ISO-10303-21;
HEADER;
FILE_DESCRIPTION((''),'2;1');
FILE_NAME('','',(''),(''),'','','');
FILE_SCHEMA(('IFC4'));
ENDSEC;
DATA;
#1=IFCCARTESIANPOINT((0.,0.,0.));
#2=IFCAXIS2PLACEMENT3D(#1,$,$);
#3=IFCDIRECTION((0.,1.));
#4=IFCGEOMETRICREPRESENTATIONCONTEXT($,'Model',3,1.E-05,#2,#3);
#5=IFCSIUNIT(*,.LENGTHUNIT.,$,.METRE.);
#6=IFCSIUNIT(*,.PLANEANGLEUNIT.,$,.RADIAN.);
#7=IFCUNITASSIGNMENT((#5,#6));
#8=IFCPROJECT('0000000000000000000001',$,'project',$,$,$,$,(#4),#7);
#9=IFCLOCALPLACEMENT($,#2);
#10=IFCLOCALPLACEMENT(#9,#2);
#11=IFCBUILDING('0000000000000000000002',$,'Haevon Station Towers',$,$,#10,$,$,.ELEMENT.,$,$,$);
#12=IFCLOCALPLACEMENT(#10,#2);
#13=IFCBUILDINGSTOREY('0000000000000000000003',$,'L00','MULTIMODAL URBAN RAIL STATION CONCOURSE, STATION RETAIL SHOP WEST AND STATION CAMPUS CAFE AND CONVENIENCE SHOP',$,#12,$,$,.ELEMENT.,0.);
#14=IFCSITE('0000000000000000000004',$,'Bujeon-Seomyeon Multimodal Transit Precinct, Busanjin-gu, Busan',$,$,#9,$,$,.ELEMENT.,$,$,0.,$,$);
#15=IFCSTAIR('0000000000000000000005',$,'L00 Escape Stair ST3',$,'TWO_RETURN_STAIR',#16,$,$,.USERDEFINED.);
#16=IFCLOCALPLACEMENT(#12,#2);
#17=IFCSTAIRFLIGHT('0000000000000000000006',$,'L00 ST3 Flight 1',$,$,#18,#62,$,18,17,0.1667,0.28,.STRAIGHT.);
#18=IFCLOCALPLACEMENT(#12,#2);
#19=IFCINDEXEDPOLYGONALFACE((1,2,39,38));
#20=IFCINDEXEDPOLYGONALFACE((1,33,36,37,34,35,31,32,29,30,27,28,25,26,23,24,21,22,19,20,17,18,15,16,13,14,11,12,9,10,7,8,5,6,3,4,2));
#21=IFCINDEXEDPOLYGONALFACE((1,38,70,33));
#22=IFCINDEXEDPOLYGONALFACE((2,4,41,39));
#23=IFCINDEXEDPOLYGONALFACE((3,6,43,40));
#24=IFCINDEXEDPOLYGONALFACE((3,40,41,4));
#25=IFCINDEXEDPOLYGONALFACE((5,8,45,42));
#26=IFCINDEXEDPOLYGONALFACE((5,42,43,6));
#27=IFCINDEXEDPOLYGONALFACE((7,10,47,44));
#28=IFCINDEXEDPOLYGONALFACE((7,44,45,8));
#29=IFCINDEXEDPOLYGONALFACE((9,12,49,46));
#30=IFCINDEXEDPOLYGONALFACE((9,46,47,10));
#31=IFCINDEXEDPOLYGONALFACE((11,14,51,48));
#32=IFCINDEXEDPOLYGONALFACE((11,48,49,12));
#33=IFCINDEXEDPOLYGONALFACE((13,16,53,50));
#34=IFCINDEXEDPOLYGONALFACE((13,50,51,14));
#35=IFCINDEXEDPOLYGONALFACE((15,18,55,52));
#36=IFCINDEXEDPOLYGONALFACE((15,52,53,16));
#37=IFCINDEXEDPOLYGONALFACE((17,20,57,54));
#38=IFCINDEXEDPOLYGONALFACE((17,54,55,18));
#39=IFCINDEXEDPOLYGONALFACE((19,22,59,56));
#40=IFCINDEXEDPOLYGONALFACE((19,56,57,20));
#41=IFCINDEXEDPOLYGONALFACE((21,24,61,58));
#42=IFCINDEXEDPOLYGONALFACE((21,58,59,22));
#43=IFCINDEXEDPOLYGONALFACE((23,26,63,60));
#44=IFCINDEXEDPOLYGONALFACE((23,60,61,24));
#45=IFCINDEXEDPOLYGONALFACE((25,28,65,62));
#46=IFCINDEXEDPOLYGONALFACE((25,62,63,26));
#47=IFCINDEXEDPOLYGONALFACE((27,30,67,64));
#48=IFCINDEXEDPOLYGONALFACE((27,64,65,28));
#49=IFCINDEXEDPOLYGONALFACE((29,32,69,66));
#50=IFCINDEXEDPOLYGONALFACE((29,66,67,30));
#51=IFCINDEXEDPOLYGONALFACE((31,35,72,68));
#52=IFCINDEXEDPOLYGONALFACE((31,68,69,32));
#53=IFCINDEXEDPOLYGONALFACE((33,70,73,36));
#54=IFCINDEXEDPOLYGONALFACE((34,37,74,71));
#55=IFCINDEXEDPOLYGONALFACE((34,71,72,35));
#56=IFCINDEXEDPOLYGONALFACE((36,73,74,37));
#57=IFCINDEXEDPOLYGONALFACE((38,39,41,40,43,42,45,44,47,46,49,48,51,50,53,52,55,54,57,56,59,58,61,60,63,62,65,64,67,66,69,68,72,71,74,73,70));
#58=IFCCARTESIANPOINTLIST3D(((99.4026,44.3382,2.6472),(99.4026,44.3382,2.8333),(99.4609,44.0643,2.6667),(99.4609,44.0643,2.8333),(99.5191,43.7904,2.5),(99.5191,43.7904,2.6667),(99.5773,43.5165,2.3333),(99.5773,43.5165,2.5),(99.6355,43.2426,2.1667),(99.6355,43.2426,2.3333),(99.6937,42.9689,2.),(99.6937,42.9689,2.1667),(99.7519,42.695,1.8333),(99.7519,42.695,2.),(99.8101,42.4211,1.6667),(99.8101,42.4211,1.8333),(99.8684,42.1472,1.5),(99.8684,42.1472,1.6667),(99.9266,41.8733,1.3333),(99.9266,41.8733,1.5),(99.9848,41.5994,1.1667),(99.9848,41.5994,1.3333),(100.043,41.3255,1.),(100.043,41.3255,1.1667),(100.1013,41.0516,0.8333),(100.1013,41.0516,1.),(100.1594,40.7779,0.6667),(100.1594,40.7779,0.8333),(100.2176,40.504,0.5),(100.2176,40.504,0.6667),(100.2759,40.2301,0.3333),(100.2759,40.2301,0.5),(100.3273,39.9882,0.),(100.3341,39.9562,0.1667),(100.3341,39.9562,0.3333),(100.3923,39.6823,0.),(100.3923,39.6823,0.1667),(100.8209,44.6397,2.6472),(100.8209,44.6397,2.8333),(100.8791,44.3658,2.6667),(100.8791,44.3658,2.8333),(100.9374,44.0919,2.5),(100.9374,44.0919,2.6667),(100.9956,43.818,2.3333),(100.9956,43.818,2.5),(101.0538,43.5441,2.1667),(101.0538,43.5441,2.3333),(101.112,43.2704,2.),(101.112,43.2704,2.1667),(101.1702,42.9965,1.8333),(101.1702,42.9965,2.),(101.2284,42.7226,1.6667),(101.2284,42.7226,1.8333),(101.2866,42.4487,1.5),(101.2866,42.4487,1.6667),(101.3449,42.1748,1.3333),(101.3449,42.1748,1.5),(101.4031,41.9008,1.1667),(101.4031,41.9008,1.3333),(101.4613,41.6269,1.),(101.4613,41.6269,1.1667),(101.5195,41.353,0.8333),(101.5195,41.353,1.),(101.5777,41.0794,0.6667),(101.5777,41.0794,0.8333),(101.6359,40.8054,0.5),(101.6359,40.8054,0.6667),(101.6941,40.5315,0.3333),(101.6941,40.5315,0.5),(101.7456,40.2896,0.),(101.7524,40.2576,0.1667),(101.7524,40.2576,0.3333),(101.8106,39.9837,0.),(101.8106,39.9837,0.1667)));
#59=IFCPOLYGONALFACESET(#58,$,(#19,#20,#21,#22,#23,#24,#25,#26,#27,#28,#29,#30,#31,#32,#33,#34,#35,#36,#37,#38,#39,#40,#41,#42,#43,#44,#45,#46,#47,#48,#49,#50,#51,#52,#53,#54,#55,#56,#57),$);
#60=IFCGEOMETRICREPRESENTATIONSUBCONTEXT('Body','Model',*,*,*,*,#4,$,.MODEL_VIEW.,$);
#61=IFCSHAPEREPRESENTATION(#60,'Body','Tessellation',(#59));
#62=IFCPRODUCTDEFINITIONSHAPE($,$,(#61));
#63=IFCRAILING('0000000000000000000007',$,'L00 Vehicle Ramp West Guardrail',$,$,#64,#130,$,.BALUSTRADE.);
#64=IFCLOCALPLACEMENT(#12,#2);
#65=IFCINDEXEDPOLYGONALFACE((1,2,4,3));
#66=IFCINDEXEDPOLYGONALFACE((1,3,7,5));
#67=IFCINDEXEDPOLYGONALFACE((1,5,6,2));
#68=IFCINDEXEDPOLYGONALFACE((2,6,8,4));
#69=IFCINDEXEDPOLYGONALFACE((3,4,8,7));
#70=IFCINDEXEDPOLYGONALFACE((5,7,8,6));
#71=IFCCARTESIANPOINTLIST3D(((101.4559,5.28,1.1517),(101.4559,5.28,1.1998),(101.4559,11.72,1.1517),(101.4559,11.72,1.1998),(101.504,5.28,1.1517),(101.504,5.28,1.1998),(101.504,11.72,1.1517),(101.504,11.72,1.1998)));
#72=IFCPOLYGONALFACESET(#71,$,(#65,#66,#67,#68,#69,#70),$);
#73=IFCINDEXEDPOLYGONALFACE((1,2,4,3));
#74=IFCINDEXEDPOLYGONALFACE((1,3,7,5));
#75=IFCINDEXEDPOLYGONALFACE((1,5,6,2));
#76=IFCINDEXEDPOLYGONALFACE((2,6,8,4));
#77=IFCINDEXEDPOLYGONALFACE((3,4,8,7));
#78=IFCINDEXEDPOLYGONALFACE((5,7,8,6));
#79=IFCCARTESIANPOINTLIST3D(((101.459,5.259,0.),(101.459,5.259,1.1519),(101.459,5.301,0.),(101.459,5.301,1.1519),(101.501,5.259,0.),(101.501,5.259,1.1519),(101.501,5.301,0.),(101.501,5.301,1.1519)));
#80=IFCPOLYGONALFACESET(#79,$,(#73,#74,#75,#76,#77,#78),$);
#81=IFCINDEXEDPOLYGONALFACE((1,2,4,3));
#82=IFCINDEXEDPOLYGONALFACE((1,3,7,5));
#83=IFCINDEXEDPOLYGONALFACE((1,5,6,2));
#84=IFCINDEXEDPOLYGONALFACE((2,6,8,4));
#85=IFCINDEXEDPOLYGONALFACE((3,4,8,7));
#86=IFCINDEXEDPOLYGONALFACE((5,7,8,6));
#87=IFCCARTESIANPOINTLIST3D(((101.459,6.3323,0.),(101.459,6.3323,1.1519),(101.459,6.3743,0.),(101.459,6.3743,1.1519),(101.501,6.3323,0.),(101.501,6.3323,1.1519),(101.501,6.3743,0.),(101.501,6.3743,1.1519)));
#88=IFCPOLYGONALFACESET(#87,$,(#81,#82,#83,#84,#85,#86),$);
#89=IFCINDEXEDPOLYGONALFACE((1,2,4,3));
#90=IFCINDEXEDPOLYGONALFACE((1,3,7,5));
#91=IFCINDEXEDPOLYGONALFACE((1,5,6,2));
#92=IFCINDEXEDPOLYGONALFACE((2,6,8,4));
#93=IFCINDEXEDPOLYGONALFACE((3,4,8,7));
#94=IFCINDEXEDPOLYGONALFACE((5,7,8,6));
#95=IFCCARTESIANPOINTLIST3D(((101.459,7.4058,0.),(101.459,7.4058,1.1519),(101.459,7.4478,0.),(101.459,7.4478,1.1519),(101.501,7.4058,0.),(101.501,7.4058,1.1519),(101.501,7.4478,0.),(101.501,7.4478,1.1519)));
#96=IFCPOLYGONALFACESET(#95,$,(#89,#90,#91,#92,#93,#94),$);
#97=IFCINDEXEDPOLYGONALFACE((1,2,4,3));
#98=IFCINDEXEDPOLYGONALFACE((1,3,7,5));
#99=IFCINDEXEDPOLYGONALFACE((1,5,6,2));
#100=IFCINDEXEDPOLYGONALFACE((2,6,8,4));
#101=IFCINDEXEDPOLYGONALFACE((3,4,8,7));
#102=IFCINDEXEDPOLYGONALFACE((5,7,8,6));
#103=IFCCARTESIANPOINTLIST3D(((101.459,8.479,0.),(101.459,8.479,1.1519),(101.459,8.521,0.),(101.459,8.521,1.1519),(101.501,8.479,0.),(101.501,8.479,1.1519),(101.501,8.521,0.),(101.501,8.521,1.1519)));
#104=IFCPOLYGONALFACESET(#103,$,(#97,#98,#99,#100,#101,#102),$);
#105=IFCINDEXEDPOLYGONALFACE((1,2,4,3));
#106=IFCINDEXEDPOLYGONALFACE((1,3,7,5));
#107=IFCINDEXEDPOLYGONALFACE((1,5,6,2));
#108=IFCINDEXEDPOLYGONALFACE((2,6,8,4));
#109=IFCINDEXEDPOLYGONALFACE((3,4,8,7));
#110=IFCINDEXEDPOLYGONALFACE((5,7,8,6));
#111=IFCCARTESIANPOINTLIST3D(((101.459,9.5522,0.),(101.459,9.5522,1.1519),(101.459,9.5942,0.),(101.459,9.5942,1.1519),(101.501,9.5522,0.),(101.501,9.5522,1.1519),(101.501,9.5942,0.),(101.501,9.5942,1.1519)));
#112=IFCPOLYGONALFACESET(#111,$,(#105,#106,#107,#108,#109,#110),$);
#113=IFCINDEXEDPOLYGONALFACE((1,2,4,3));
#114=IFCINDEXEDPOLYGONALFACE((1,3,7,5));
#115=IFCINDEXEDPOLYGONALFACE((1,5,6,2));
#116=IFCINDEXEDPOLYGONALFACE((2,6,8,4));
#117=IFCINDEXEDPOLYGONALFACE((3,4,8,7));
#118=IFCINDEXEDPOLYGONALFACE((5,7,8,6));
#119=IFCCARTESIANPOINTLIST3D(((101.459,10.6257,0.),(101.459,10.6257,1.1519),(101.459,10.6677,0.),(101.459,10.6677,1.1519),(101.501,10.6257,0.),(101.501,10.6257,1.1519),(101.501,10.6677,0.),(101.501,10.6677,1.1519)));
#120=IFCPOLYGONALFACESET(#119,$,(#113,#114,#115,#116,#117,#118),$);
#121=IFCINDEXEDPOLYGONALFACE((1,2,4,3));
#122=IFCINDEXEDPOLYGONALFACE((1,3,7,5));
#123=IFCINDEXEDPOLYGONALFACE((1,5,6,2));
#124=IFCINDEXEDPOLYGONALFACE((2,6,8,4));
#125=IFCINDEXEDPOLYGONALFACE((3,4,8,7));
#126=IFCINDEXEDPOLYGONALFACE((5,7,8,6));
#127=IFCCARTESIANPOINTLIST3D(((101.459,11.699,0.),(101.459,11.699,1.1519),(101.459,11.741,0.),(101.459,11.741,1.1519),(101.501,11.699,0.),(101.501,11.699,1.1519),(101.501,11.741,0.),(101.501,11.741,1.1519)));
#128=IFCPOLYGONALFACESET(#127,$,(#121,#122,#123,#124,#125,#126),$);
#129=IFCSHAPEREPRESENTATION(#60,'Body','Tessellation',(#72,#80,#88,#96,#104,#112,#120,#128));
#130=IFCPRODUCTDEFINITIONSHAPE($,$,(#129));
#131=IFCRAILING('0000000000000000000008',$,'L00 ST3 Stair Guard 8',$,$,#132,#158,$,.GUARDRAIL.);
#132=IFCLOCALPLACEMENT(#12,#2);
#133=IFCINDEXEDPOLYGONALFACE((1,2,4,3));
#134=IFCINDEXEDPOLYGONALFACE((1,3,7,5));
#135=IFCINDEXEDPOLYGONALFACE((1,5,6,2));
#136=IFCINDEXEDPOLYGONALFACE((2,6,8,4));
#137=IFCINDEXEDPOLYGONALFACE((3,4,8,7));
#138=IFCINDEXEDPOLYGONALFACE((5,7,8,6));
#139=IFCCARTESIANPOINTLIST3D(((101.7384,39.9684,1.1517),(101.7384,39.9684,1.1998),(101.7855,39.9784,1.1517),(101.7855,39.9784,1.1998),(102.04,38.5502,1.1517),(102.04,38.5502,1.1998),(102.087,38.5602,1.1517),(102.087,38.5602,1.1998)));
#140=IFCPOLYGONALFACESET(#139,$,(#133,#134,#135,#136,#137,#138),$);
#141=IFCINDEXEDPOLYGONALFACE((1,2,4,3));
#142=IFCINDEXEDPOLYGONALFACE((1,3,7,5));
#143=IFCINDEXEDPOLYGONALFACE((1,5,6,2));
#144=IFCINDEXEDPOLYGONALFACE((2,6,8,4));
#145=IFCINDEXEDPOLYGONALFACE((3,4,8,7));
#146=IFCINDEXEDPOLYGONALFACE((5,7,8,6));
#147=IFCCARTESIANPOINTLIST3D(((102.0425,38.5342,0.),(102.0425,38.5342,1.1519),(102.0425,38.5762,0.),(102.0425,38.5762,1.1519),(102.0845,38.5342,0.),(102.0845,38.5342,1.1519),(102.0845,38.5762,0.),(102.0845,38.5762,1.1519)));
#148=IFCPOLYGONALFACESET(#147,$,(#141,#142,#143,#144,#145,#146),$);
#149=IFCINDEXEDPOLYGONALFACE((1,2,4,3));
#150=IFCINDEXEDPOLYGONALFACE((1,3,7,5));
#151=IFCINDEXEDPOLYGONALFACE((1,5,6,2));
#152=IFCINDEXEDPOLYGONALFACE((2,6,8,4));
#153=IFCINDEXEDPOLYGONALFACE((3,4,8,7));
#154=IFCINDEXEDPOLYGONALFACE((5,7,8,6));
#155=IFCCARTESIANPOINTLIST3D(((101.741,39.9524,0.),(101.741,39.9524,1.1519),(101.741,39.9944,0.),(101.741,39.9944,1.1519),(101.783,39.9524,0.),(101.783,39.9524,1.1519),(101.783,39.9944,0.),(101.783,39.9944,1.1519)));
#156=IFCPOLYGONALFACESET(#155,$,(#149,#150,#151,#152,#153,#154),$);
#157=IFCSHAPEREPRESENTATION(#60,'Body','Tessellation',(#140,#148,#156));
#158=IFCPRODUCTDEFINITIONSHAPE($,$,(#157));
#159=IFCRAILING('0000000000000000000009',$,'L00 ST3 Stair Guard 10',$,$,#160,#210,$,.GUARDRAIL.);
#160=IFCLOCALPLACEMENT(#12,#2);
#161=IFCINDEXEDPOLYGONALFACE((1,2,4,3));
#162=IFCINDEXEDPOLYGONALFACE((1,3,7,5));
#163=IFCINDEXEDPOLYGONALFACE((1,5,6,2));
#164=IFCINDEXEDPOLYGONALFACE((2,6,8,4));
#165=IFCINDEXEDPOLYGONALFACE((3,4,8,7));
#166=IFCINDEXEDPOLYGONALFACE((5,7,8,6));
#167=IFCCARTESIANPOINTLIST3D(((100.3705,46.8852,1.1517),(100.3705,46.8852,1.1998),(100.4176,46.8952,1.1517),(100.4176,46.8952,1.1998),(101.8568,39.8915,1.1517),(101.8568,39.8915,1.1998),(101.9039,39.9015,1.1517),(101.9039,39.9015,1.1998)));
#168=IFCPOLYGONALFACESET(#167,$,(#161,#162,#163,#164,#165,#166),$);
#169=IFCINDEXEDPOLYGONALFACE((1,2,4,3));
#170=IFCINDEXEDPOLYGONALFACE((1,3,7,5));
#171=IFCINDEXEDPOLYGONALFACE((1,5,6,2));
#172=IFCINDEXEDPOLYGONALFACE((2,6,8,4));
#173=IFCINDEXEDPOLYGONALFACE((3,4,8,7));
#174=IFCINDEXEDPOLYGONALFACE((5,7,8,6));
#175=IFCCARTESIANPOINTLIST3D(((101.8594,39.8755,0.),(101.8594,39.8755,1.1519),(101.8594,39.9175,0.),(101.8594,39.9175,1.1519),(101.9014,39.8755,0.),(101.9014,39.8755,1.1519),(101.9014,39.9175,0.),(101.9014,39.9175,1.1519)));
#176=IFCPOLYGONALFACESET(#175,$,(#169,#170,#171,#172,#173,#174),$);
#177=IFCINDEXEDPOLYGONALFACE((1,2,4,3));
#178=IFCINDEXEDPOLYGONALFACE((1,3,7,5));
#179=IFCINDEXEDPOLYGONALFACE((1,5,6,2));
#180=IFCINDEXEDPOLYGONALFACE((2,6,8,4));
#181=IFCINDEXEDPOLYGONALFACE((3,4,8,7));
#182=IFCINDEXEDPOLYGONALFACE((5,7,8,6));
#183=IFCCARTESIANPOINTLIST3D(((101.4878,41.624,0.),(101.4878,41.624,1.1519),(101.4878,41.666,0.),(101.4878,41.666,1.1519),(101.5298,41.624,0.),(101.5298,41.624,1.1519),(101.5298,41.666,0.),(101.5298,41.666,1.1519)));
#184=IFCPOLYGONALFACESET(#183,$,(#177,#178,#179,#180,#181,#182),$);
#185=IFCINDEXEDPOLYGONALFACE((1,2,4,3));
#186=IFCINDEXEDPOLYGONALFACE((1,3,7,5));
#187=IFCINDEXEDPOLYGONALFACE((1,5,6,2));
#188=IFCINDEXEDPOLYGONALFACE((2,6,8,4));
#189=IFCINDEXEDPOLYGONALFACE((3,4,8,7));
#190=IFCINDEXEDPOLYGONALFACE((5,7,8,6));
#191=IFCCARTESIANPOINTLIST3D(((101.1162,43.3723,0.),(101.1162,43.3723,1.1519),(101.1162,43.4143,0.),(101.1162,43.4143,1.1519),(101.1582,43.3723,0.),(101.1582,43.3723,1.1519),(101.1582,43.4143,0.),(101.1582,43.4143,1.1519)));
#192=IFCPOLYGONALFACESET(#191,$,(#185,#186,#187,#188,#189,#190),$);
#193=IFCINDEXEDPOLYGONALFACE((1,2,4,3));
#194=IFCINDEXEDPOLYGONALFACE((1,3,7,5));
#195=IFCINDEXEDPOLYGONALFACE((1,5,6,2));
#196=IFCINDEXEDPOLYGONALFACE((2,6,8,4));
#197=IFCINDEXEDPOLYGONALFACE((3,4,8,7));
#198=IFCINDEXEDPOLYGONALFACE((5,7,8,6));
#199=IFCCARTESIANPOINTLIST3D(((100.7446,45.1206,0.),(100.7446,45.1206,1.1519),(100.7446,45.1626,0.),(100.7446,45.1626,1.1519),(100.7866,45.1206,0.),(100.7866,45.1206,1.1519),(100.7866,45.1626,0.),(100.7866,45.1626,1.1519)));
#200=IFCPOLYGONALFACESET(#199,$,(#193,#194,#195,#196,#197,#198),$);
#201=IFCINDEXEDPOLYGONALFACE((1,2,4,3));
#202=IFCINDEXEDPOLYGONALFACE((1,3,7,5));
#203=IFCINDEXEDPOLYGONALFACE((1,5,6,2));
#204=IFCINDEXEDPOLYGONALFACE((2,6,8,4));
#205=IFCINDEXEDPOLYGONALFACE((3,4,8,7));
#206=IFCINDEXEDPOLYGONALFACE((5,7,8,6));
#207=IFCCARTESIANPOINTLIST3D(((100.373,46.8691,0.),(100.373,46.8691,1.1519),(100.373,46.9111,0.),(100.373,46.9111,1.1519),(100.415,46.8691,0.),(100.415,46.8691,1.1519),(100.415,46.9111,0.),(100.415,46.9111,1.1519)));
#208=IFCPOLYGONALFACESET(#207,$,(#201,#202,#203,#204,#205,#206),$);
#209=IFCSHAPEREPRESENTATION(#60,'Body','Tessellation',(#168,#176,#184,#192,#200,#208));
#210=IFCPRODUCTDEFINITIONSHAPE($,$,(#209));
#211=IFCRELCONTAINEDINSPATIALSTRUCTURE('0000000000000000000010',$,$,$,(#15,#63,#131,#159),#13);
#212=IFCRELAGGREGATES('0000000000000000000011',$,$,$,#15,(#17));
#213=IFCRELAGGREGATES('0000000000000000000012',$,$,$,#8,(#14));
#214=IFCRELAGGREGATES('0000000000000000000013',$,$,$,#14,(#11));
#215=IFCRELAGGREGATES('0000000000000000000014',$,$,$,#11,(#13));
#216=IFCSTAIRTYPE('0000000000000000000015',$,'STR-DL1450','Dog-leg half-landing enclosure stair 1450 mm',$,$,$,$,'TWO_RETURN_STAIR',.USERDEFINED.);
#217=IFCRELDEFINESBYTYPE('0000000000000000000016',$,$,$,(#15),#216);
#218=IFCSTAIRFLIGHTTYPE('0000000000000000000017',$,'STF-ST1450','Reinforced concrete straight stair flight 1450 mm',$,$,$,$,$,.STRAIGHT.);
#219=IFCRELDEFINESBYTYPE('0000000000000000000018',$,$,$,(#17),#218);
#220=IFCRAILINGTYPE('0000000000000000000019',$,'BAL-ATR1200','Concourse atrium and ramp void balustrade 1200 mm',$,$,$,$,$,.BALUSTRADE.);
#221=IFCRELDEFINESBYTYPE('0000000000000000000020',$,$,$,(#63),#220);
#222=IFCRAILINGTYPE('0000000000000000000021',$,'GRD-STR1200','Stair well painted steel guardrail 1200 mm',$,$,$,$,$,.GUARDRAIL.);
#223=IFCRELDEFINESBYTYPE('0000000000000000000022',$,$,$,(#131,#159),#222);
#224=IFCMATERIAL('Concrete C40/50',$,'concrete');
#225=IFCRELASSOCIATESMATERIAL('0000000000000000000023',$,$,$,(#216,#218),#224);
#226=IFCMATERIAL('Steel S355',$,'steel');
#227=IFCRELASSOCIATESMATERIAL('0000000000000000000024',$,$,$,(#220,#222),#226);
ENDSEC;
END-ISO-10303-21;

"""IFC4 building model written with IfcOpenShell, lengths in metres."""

from ifc_helpers import new_model, si_unit, direction, frame, origin, origin_2d, place, context, subcontext, project, spatial, polyline, rectangle, outline, extrude, material, type_object, element, aggregate, save


model = new_model("IFC4")

# Units and contexts
model_context = context("Model", 3, precision=1e-05, world=origin(), true_north=direction((0.0, 1.0)))
body_context = subcontext(model_context, "Body", "Model", "MODEL_VIEW")
ifc_project = project(units=[si_unit("LENGTHUNIT", "METRE"), si_unit("PLANEANGLEUNIT", "RADIAN")], contexts=[model_context])

# Site, building, storey
site_placement = place(None, origin())
site = spatial("IfcSite", under=ifc_project, at=site_placement, Name="Bujeon-Seomyeon Multimodal Transit Precinct, Busanjin-gu, Busan", CompositionType="ELEMENT", RefElevation=0.0)
building_placement = place(site_placement, origin())
building = spatial("IfcBuilding", under=site, at=building_placement, Name="Haevon Station Towers", CompositionType="ELEMENT")
storey_placement = place(building_placement, origin())
storey = spatial("IfcBuildingStorey", under=building, at=storey_placement, Name="L00", Description="MULTIMODAL URBAN RAIL STATION CONCOURSE, STATION RETAIL SHOP WEST AND STATION CAMPUS CAFE AND CONVENIENCE SHOP", CompositionType="ELEMENT", Elevation=0.0)

# Shared definitions
ifc_material_1 = material(Name="Steel S355", Category="steel")

# Stair, stair flight
ifc_material_2 = material(Name="Concrete C40/50", Category="concrete")
stair_type = type_object("IfcStairType", Name="STR-DL1450", Description="Dog-leg half-landing enclosure stair 1450 mm", ElementType="TWO_RETURN_STAIR", PredefinedType="USERDEFINED", material=ifc_material_2)
stair_placement = place(storey_placement, origin())
stair = element("IfcStair", 1, at=stair_placement, inside=storey, type_object=stair_type, Name="L00 Escape Stair ST3", ObjectType="TWO_RETURN_STAIR", PredefinedType="USERDEFINED")
stair_flight_type = type_object("IfcStairFlightType", Name="STF-ST1450", Description="Reinforced concrete straight stair flight 1450 mm", PredefinedType="STRAIGHT", material=ifc_material_2)
stair_flight_placement = place(storey_placement, frame((101.1016, 39.833, 0.0), z_axis=(0.0, 0.0, 1.0), x_axis=(-0.207912, 0.978148, 0.0)))
stair_flight = element("IfcStairFlight", 2, at=stair_flight_placement, type_object=stair_flight_type, Name="L00 ST3 Flight 1", NumberOfRisers=18, NumberOfTreads=17, PredefinedType="STRAIGHT", RiserHeight=0.1667, TreadLength=0.28, context=body_context, shape_type="SweptSolid", body=[
    extrude(outline(polyline([(0.0, 0.0), (0.0, 0.1667), (0.28, 0.1667), (0.28, 0.3333), (0.5601, 0.3333), (0.5601, 0.5), (0.8401, 0.5), (0.8401, 0.6667), (1.1201, 0.6667), (1.1201, 0.8333), (1.3999, 0.8333), (1.3999, 1.0), (1.6799, 1.0), (1.6799, 1.1667), (1.96, 1.1667), (1.96, 1.3333), (2.24, 1.3333), (2.24, 1.5), (2.52, 1.5), (2.52, 1.6667), (2.8, 1.6667), (2.8, 1.8333), (3.0801, 1.8333), (3.0801, 2.0), (3.3601, 2.0), (3.3601, 2.1667), (3.6399, 2.1667), (3.6399, 2.3333), (3.9199, 2.3333), (3.9199, 2.5), (4.2, 2.5), (4.2, 2.6667), (4.48, 2.6667), (4.48, 2.8333), (4.76, 2.8333), (4.76, 3.0), (4.76, 2.6472), (0.3127, 0.0), (0.0, 0.0)])), frame((0.0, 0.7251, 0.0), z_axis=(0.0, -1.0, 0.0), x_axis=(1.0, 0.0, 0.0)), (0.0, 0.0, 1.0), 1.45),
])
aggregate(stair, [stair_flight])

# Railings
railing_type_1 = type_object("IfcRailingType", Name="BAL-ATR1200", Description="Concourse atrium and ramp void balustrade 1200 mm", PredefinedType="BALUSTRADE", material=ifc_material_1)
railing_1_placement = place(storey_placement, frame((101.48, 5.28, 0.0)))
element("IfcRailing", 3, at=railing_1_placement, inside=storey, type_object=railing_type_1, Name="L00 Vehicle Ramp West Guardrail", PredefinedType="BALUSTRADE", context=body_context, shape_type="SweptSolid", body=[
    extrude(rectangle(XDim=0.0481, YDim=0.0481, at=origin_2d()), frame((0.0, 0.0, 1.1758), z_axis=(0.0, 1.0, 0.0), x_axis=(-1.0, 0.0, 0.0)), (0.0, 0.0, 1.0), 6.4399),
    extrude(rectangle(XDim=0.042, YDim=0.042, at=origin_2d()), origin(), (0.0, 0.0, 1.0), 1.1519),
    extrude(rectangle(XDim=0.042, YDim=0.042, at=origin_2d()), frame((0.0, 1.0732, 0.0)), (0.0, 0.0, 1.0), 1.1519),
    extrude(rectangle(XDim=0.042, YDim=0.042, at=origin_2d()), frame((0.0, 2.1467, 0.0)), (0.0, 0.0, 1.0), 1.1519),
    extrude(rectangle(XDim=0.042, YDim=0.042, at=origin_2d()), frame((0.0, 3.22, 0.0)), (0.0, 0.0, 1.0), 1.1519),
    extrude(rectangle(XDim=0.042, YDim=0.042, at=origin_2d()), frame((0.0, 4.2932, 0.0)), (0.0, 0.0, 1.0), 1.1519),
    extrude(rectangle(XDim=0.042, YDim=0.042, at=origin_2d()), frame((0.0, 5.3667, 0.0)), (0.0, 0.0, 1.0), 1.1519),
    extrude(rectangle(XDim=0.042, YDim=0.042, at=origin_2d()), frame((0.0, 6.4399, 0.0)), (0.0, 0.0, 1.0), 1.1519),
])
railing_type_2 = type_object("IfcRailingType", Name="GRD-STR1200", Description="Stair well painted steel guardrail 1200 mm", PredefinedType="GUARDRAIL", material=ifc_material_1)
railing_2_placement = place(storey_placement, frame((102.0635, 38.5552, 0.0)))
element("IfcRailing", 4, at=railing_2_placement, inside=storey, type_object=railing_type_2, Name="L00 ST3 Stair Guard 8", PredefinedType="GUARDRAIL", context=body_context, shape_type="SweptSolid", body=[
    extrude(rectangle(XDim=0.0481, YDim=0.0481, at=origin_2d()), frame((0.0, 0.0, 1.1758), z_axis=(-0.207953, 0.978139, 0.0), x_axis=(-0.978139, -0.207953, 0.0)), (0.0, 0.0, 1.0), 1.45),
    extrude(rectangle(XDim=0.042, YDim=0.042, at=origin_2d()), origin(), (0.0, 0.0, 1.0), 1.1519),
    extrude(rectangle(XDim=0.042, YDim=0.042, at=origin_2d()), frame((-0.3015, 1.4182, 0.0)), (0.0, 0.0, 1.0), 1.1519),
])
railing_3_placement = place(storey_placement, frame((101.8804, 39.8965, 0.0)))
element("IfcRailing", 5, at=railing_3_placement, inside=storey, type_object=railing_type_2, Name="L00 ST3 Stair Guard 10", PredefinedType="GUARDRAIL", context=body_context, shape_type="SweptSolid", body=[
    extrude(rectangle(XDim=0.0481, YDim=0.0481, at=origin_2d()), frame((0.0, 0.0, 1.1758), z_axis=(-0.207882, 0.978154, 0.0), x_axis=(-0.978154, -0.207882, 0.0)), (0.0, 0.0, 1.0), 7.1499),
    extrude(rectangle(XDim=0.042, YDim=0.042, at=origin_2d()), origin(), (0.0, 0.0, 1.0), 1.1519),
    extrude(rectangle(XDim=0.042, YDim=0.042, at=origin_2d()), frame((-0.3716, 1.7485, 0.0)), (0.0, 0.0, 1.0), 1.1519),
    extrude(rectangle(XDim=0.042, YDim=0.042, at=origin_2d()), frame((-0.7432, 3.4968, 0.0)), (0.0, 0.0, 1.0), 1.1519),
    extrude(rectangle(XDim=0.042, YDim=0.042, at=origin_2d()), frame((-1.1147, 5.2451, 0.0)), (0.0, 0.0, 1.0), 1.1519),
    extrude(rectangle(XDim=0.042, YDim=0.042, at=origin_2d()), frame((-1.4863, 6.9937, 0.0)), (0.0, 0.0, 1.0), 1.1519),
])

save(model, "model.ifc")
